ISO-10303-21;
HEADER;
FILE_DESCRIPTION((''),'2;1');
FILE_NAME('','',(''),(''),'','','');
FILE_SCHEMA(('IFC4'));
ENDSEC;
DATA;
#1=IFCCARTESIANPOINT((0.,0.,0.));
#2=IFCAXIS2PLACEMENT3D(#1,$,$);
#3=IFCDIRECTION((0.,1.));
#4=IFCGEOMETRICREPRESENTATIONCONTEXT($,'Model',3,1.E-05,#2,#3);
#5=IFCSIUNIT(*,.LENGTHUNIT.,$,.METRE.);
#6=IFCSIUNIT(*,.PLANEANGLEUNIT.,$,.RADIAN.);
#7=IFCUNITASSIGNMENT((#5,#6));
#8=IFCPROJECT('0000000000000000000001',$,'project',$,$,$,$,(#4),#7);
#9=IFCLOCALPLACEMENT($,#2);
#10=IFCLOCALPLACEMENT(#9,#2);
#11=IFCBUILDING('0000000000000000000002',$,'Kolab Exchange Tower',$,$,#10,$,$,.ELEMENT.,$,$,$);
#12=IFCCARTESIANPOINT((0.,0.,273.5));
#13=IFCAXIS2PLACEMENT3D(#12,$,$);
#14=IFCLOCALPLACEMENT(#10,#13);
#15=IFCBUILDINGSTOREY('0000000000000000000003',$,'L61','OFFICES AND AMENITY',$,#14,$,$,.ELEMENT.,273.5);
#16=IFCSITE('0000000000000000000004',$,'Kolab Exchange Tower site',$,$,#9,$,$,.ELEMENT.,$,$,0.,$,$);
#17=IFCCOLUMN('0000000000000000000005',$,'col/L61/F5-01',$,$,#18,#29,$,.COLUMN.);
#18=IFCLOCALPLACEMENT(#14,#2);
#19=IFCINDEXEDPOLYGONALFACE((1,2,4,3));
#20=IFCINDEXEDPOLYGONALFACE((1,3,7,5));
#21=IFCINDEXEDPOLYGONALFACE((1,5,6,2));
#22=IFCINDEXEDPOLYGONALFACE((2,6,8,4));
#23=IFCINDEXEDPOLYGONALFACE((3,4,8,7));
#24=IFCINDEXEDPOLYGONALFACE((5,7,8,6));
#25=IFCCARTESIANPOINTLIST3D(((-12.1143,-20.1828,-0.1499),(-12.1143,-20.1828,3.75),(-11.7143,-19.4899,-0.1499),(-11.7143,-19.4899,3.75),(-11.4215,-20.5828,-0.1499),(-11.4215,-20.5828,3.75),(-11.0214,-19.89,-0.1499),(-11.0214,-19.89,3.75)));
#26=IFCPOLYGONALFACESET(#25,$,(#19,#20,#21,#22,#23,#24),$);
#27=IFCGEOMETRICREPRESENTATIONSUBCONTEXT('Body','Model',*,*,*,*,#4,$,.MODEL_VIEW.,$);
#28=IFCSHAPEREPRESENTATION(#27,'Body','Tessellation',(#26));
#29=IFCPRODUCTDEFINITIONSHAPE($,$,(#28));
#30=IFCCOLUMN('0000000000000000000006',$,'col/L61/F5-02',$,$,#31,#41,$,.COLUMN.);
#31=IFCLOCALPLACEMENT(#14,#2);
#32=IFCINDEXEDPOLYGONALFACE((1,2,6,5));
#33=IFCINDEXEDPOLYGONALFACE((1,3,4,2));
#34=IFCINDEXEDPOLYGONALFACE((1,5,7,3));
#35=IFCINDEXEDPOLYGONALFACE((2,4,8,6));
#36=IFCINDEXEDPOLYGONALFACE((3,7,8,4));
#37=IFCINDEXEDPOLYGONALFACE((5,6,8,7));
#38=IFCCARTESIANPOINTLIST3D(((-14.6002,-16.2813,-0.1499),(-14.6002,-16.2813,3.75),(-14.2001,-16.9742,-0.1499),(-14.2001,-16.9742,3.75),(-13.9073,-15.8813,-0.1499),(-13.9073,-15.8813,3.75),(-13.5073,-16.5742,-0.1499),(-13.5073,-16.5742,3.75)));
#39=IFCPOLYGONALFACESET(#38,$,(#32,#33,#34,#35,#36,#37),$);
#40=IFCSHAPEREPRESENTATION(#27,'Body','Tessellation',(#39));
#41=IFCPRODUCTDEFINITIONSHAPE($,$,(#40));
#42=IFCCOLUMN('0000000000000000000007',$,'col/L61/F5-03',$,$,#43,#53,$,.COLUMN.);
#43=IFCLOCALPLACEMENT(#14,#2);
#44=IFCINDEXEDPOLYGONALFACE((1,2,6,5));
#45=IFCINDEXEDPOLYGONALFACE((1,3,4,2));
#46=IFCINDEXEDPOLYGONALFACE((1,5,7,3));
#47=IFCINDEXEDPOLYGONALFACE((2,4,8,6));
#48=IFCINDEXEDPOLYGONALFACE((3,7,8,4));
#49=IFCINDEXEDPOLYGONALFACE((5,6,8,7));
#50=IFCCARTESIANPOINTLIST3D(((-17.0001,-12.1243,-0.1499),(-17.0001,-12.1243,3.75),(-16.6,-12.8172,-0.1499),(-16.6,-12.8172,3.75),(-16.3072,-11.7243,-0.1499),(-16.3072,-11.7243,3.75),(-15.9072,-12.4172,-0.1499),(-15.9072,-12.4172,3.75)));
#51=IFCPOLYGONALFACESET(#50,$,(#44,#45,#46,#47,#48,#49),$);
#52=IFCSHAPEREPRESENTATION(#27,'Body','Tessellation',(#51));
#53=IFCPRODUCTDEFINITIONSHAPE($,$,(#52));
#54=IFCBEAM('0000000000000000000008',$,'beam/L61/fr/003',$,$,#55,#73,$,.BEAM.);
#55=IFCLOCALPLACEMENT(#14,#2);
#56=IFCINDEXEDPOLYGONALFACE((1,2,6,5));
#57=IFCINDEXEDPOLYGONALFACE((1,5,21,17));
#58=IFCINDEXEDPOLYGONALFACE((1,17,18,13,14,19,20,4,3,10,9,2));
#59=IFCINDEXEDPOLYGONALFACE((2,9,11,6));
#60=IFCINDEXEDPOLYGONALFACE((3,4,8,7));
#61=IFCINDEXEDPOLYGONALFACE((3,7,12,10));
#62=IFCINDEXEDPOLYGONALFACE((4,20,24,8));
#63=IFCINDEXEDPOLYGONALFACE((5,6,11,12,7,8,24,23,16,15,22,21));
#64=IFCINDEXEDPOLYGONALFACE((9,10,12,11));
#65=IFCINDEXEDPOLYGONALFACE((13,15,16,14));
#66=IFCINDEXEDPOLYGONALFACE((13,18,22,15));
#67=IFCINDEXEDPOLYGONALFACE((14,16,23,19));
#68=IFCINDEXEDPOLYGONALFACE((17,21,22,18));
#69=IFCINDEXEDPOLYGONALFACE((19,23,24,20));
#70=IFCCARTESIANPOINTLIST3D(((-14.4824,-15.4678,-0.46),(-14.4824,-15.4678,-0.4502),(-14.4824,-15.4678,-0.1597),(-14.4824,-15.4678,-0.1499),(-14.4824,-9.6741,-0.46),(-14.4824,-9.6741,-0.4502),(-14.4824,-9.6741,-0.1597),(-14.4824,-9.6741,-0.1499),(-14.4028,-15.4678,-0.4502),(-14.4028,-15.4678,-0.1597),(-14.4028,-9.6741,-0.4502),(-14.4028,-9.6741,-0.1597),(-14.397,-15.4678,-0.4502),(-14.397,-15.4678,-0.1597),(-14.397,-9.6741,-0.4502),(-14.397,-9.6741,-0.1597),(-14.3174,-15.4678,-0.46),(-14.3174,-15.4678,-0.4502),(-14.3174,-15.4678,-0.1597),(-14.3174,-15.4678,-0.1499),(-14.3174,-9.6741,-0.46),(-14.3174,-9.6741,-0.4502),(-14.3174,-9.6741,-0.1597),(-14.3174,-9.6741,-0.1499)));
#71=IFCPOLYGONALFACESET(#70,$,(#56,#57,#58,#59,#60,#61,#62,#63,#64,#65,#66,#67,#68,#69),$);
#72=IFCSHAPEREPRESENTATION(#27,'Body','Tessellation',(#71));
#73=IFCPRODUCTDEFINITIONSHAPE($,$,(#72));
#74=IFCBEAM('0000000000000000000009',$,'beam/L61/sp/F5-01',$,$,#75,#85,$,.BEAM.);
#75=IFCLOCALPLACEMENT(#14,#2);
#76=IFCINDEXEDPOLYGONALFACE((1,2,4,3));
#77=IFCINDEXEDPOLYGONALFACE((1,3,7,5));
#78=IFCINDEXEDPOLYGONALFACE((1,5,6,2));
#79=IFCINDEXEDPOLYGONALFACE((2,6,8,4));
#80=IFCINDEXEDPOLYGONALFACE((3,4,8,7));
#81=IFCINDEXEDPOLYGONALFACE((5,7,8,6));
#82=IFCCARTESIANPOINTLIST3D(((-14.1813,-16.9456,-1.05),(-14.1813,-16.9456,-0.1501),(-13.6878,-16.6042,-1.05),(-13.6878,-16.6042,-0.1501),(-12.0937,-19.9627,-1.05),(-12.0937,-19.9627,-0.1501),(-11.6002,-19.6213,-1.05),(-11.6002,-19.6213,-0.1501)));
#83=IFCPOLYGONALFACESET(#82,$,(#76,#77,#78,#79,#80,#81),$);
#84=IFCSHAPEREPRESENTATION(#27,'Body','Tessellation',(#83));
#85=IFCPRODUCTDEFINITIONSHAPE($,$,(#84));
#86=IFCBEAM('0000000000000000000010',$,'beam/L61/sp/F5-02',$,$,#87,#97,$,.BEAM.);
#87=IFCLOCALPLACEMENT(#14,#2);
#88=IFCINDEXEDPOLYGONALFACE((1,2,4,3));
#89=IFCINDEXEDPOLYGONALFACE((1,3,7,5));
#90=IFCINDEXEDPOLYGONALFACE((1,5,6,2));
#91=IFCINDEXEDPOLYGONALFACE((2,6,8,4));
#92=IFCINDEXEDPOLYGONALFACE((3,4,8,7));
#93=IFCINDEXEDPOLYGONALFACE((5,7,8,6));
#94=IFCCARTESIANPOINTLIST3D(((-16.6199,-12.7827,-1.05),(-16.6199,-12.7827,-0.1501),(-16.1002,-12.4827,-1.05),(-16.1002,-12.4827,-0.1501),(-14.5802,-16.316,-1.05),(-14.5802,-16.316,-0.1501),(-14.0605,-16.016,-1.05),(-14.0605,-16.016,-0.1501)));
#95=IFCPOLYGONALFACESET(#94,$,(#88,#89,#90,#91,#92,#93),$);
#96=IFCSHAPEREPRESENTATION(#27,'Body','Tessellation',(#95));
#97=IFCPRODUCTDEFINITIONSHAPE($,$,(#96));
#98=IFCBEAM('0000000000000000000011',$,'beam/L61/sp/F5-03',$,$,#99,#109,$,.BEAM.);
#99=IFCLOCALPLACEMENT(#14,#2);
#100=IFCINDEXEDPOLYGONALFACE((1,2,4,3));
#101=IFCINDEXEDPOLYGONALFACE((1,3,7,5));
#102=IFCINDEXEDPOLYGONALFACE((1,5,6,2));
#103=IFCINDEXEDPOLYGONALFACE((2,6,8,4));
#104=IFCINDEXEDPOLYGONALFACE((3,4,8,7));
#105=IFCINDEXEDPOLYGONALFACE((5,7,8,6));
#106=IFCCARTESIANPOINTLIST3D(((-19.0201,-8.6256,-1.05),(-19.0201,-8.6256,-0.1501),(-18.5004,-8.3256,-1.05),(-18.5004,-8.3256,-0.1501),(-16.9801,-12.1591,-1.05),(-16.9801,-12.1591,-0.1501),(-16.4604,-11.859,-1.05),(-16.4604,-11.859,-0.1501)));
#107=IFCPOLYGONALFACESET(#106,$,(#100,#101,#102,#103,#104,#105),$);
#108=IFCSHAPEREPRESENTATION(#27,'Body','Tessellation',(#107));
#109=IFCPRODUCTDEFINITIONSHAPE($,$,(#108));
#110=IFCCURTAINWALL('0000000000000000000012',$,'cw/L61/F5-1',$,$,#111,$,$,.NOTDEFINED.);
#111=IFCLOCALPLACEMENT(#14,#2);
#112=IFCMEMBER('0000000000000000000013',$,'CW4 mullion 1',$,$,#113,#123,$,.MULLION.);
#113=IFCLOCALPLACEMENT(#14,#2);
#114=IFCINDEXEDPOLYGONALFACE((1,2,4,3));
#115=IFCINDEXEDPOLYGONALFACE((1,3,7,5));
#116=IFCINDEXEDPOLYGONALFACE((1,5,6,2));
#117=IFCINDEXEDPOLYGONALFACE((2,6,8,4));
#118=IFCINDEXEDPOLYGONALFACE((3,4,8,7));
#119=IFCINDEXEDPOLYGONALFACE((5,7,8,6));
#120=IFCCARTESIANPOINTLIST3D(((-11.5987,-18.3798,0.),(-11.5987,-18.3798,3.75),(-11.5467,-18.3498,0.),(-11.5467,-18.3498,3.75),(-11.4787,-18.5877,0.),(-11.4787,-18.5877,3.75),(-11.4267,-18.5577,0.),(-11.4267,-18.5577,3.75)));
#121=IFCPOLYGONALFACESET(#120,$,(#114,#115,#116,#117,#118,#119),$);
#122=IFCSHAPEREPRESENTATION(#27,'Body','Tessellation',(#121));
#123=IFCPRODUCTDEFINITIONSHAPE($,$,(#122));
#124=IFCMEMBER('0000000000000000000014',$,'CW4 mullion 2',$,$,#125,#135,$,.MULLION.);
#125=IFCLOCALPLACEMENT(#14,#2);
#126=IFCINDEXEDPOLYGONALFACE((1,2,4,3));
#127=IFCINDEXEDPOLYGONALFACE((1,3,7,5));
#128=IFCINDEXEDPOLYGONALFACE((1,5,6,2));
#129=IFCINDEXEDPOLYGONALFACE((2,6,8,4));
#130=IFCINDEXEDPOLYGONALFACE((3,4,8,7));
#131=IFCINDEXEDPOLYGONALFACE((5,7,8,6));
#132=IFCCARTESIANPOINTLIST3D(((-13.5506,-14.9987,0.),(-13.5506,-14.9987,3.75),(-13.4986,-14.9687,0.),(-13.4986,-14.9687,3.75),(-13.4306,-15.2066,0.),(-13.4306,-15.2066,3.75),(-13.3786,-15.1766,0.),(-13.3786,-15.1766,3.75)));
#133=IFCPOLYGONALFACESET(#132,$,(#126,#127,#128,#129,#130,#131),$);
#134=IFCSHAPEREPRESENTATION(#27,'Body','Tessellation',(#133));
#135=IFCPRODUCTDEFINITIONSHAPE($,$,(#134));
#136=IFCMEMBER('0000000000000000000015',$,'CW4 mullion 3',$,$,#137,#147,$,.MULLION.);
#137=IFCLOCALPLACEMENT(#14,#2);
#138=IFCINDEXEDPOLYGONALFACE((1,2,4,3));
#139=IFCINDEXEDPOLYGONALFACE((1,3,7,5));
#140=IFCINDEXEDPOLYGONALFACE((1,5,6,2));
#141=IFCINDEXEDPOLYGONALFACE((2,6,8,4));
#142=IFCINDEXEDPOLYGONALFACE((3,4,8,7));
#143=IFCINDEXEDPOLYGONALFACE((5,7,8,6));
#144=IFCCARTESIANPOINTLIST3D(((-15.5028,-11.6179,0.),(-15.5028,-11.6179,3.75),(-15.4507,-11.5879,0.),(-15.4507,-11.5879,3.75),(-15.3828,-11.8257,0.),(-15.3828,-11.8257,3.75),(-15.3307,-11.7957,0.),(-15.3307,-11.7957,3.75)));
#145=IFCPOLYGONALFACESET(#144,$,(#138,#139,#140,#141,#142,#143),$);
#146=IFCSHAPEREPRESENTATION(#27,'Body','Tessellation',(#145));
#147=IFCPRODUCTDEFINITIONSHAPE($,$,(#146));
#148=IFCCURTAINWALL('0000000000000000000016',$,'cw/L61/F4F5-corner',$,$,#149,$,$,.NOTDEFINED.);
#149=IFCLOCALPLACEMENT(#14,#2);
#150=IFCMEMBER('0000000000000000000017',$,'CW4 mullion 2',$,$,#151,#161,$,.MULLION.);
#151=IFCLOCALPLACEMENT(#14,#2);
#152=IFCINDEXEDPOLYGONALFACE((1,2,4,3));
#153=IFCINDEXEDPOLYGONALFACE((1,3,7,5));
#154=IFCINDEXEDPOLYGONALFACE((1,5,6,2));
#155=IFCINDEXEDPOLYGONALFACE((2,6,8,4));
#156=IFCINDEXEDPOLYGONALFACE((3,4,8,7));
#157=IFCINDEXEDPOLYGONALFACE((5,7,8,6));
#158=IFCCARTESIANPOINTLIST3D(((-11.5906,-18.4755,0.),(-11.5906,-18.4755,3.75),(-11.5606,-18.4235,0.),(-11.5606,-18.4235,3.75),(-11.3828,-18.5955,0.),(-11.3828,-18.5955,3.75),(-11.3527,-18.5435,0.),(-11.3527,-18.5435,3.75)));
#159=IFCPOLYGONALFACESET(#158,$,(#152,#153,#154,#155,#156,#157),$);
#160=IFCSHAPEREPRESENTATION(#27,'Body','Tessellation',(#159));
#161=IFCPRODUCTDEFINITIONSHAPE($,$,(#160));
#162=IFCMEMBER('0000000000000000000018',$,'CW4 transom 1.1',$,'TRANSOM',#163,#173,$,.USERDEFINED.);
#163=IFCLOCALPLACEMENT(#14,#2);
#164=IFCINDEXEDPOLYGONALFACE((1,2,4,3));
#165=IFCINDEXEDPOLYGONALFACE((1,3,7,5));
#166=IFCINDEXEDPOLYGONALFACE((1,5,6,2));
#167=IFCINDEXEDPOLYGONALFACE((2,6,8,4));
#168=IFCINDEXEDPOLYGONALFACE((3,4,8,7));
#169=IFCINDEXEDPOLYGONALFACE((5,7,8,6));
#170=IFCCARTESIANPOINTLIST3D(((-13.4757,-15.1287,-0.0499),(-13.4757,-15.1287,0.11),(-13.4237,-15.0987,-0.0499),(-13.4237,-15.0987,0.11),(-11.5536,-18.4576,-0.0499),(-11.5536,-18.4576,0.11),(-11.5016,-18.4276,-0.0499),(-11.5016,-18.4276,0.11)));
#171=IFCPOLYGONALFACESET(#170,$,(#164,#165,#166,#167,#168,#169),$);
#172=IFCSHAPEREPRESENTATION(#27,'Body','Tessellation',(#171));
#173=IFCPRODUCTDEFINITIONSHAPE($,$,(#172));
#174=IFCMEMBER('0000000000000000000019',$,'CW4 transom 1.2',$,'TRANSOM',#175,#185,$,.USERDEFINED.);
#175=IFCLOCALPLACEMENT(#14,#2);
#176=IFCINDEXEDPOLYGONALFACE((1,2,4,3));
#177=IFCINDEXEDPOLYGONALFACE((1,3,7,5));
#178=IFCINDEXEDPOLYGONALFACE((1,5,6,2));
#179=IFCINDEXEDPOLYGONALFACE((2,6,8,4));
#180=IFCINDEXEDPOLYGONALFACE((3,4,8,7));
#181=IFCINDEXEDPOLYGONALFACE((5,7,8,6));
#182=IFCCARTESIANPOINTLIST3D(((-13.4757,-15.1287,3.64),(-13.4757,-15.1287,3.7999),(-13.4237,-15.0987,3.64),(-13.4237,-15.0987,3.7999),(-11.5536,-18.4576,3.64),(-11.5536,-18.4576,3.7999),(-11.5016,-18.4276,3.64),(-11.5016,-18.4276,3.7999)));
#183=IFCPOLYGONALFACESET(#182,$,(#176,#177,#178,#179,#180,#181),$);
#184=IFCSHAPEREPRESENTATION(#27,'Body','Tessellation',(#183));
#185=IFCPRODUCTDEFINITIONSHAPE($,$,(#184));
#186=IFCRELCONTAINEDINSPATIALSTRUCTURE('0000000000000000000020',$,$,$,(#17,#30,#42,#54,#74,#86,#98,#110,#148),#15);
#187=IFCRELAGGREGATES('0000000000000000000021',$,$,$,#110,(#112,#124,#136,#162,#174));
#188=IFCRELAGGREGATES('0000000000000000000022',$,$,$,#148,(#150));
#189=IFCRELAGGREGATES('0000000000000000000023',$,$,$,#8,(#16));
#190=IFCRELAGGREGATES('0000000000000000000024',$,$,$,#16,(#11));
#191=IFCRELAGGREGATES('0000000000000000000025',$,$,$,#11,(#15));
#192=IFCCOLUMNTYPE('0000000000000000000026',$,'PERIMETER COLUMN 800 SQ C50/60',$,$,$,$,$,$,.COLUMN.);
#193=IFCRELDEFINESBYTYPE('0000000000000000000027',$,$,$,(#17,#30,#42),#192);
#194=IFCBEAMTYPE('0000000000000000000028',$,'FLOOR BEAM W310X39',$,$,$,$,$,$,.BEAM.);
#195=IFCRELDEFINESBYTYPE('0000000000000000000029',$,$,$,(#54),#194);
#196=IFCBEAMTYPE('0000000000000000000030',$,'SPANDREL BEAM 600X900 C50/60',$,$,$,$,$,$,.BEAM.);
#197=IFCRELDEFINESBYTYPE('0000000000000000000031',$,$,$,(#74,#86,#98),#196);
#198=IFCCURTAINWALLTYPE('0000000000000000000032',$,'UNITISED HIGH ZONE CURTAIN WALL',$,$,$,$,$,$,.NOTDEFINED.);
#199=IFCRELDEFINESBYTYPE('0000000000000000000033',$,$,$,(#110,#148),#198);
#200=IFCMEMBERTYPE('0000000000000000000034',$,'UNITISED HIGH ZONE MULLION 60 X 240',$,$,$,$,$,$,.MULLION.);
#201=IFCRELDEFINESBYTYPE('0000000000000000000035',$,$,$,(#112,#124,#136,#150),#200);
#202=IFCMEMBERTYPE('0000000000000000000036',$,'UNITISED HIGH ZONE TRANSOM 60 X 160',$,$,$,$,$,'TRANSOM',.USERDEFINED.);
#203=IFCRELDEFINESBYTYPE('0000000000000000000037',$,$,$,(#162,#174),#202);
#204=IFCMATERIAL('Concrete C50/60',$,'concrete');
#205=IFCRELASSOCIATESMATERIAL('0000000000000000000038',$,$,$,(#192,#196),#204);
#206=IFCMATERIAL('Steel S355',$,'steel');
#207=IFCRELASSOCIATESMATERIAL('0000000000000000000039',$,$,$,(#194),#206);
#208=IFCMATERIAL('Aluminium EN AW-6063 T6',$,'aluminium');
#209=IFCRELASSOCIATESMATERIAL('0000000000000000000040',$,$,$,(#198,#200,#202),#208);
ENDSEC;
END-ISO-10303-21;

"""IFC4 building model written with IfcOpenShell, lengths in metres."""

from ifc_helpers import new_model, si_unit, direction, frame, origin, origin_2d, place, context, subcontext, project, spatial, rectangle, i_section, extrude, material, material_profile, profile_set, type_object, element, aggregate, save


model = new_model("IFC4")

# Units and contexts
model_context = context("Model", 3, precision=1e-05, world=origin(), true_north=direction((0.0, 1.0)))
body_context = subcontext(model_context, "Body", "Model", "MODEL_VIEW")
ifc_project = project(units=[si_unit("LENGTHUNIT", "METRE"), si_unit("PLANEANGLEUNIT", "RADIAN")], contexts=[model_context])

# Site, building, storey
site_placement = place(None, origin())
site = spatial("IfcSite", under=ifc_project, at=site_placement, Name="Kolab Exchange Tower site", CompositionType="ELEMENT", RefElevation=0.0)
building_placement = place(site_placement, origin())
building = spatial("IfcBuilding", under=site, at=building_placement, Name="Kolab Exchange Tower", CompositionType="ELEMENT")
storey_placement = place(building_placement, frame((0.0, 0.0, 273.5)))
storey = spatial("IfcBuildingStorey", under=building, at=storey_placement, Name="L61", Description="OFFICES AND AMENITY", CompositionType="ELEMENT", Elevation=273.5)

# Columns
ifc_material_1 = material(Name="Concrete C50/60", Category="concrete")
ifc_material_profile_1 = material_profile(ifc_material_1, rectangle(XDim=0.8, YDim=0.8, at=origin_2d()), Name="RC800")
ifc_profile_set_1 = profile_set([ifc_material_profile_1], Name="Concrete C50/60")
column_type = type_object("IfcColumnType", Name="PERIMETER COLUMN 800 SQ C50/60", PredefinedType="COLUMN", material=ifc_profile_set_1)
for number, where, z_axis, x_axis, name in (
    (1, (-11.5679, -20.0364, -0.1499), (0.0, 0.0, 1.0), (0.5, 0.866025, 0.0), "col/L61/F5-01"),
    (2, (-14.0537, -16.4277, -0.1499), (0.0, 0.0, 1.0), (0.866025, 0.5, 0.0), "col/L61/F5-02"),
    (3, (-16.4536, -12.2708, -0.1499), (0.0, 0.0, 1.0), (0.866025, 0.5, 0.0), "col/L61/F5-03"),
):
    element("IfcColumn", number, at=place(storey_placement, frame(where, z_axis=z_axis, x_axis=x_axis)), inside=storey, type_object=column_type, Name=name, PredefinedType="COLUMN", context=body_context, shape_type="SweptSolid", body=[
        extrude(rectangle(XDim=0.8, YDim=0.8, at=origin_2d()), origin(), (0.0, 0.0, 1.0), 3.8999),
    ])

# Beams
ifc_material_2 = material(Name="Steel S355", Category="steel")
ifc_material_profile_2 = material_profile(ifc_material_2, i_section(OverallWidth=0.165, OverallDepth=0.3101, WebThickness=0.0059, FlangeThickness=0.0098, at=origin_2d()), Name="W310X39")
ifc_profile_set_2 = profile_set([ifc_material_profile_2], Name="Steel S355")
beam_type_1 = type_object("IfcBeamType", Name="FLOOR BEAM W310X39", PredefinedType="BEAM", material=ifc_profile_set_2)
beam_1_placement = place(storey_placement, frame((-14.3999, -15.4678, -0.3049), z_axis=(0.0, 1.0, 0.0), x_axis=(-1.0, 0.0, 0.0)))
element("IfcBeam", 4, at=beam_1_placement, inside=storey, type_object=beam_type_1, Name="beam/L61/fr/003", PredefinedType="BEAM", context=body_context, shape_type="SweptSolid", body=[
    extrude(i_section(OverallWidth=0.165, OverallDepth=0.3101, WebThickness=0.0059, FlangeThickness=0.0098, at=origin_2d()), origin(), (0.0, 0.0, 1.0), 5.7937),
])
ifc_material_profile_3 = material_profile(ifc_material_1, rectangle(XDim=0.6001, YDim=0.8999, at=origin_2d()), Name="RC600X900")
ifc_profile_set_3 = profile_set([ifc_material_profile_3], Name="Concrete C50/60")
beam_type_2 = type_object("IfcBeamType", Name="SPANDREL BEAM 600X900 C50/60", PredefinedType="BEAM", material=ifc_profile_set_3)
beam_2_placement = place(storey_placement, frame((-11.8469, -19.792, -0.6001), z_axis=(-0.569006, 0.822334, 0.0), x_axis=(-0.822334, -0.569006, 0.0)))
element("IfcBeam", 5, at=beam_2_placement, inside=storey, type_object=beam_type_2, Name="beam/L61/sp/F5-01", PredefinedType="BEAM", context=body_context, shape_type="SweptSolid", body=[
    extrude(rectangle(XDim=0.6001, YDim=0.8999, at=origin_2d()), origin(), (0.0, 0.0, 1.0), 3.6689),
])
beam_3_placement = place(storey_placement, frame((-14.3203, -16.166, -0.6001), z_axis=(-0.499956, 0.866051, 0.0), x_axis=(-0.866051, -0.499956, 0.0)))
element("IfcBeam", 6, at=beam_3_placement, inside=storey, type_object=beam_type_2, Name="beam/L61/sp/F5-02", PredefinedType="BEAM", context=body_context, shape_type="SweptSolid", body=[
    extrude(rectangle(XDim=0.6001, YDim=0.8999, at=origin_2d()), origin(), (0.0, 0.0, 1.0), 4.0798),
])
beam_4_placement = place(storey_placement, frame((-16.7202, -12.009, -0.6001), z_axis=(-0.5, 0.866025, 0.0), x_axis=(-0.866025, -0.5, 0.0)))
element("IfcBeam", 7, at=beam_4_placement, inside=storey, type_object=beam_type_2, Name="beam/L61/sp/F5-03", PredefinedType="BEAM", context=body_context, shape_type="SweptSolid", body=[
    extrude(rectangle(XDim=0.6001, YDim=0.8999, at=origin_2d()), origin(), (0.0, 0.0, 1.0), 4.0801),
])

# Curtain wall, members
ifc_material_3 = material(Name="Aluminium EN AW-6063 T6", Category="aluminium")
curtain_wall_type = type_object("IfcCurtainWallType", Name="UNITISED HIGH ZONE CURTAIN WALL", PredefinedType="NOTDEFINED", material=ifc_material_3)
curtain_wall_1_placement = place(storey_placement, origin())
curtain_wall_1 = element("IfcCurtainWall", 8, at=curtain_wall_1_placement, inside=storey, type_object=curtain_wall_type, Name="cw/L61/F5-1", PredefinedType="NOTDEFINED")
ifc_material_profile_4 = material_profile(ifc_material_3, rectangle(XDim=0.0601, YDim=0.24, at=origin_2d()), Name="RECT 60X240")
ifc_profile_set_4 = profile_set([ifc_material_profile_4], Name="Aluminium EN AW-6063 T6")
member_type_1 = type_object("IfcMemberType", Name="UNITISED HIGH ZONE MULLION 60 X 240", PredefinedType="MULLION", material=ifc_profile_set_4)
member_1_placement = place(storey_placement, frame((-11.5127, -18.4688, 0.0), z_axis=(0.0, 0.0, 1.0), x_axis=(-0.866025, -0.5, 0.0)))
member_1 = element("IfcMember", 9, at=member_1_placement, type_object=member_type_1, Name="CW4 mullion 1", PredefinedType="MULLION", context=body_context, shape_type="SweptSolid", body=[
    extrude(rectangle(XDim=0.0601, YDim=0.24, at=origin_2d()), origin(), (0.0, 0.0, 1.0), 3.75),
])
member_2_placement = place(storey_placement, frame((-13.4646, -15.0876, 0.0), z_axis=(0.0, 0.0, 1.0), x_axis=(-0.866025, -0.5, 0.0)))
member_2 = element("IfcMember", 10, at=member_2_placement, type_object=member_type_1, Name="CW4 mullion 2", PredefinedType="MULLION", context=body_context, shape_type="SweptSolid", body=[
    extrude(rectangle(XDim=0.0601, YDim=0.24, at=origin_2d()), origin(), (0.0, 0.0, 1.0), 3.75),
])
member_3_placement = place(storey_placement, frame((-15.4167, -11.7068, 0.0), z_axis=(0.0, 0.0, 1.0), x_axis=(-0.866025, -0.5, 0.0)))
member_3 = element("IfcMember", 11, at=member_3_placement, type_object=member_type_1, Name="CW4 mullion 3", PredefinedType="MULLION", context=body_context, shape_type="SweptSolid", body=[
    extrude(rectangle(XDim=0.0601, YDim=0.24, at=origin_2d()), origin(), (0.0, 0.0, 1.0), 3.75),
])

# Curtain wall, member
curtain_wall_2_placement = place(storey_placement, origin())
curtain_wall_2 = element("IfcCurtainWall", 12, at=curtain_wall_2_placement, inside=storey, type_object=curtain_wall_type, Name="cw/L61/F4F5-corner", PredefinedType="NOTDEFINED")
member_4_placement = place(storey_placement, frame((-11.4717, -18.5095, 0.0), z_axis=(0.0, 0.0, 1.0), x_axis=(-0.5, -0.866025, 0.0)))
member_4 = element("IfcMember", 13, at=member_4_placement, type_object=member_type_1, Name="CW4 mullion 2", PredefinedType="MULLION", context=body_context, shape_type="SweptSolid", body=[
    extrude(rectangle(XDim=0.0601, YDim=0.24, at=origin_2d()), origin(), (0.0, 0.0, 1.0), 3.75),
])

# Members
ifc_material_profile_5 = material_profile(ifc_material_3, rectangle(XDim=0.0601, YDim=0.1599, at=origin_2d()), Name="RECT 60X160")
ifc_profile_set_5 = profile_set([ifc_material_profile_5], Name="Aluminium EN AW-6063 T6")
member_type_2 = type_object("IfcMemberType", Name="UNITISED HIGH ZONE TRANSOM 60 X 160", ElementType="TRANSOM", PredefinedType="USERDEFINED", material=ifc_profile_set_5)
member_5_placement = place(storey_placement, frame((-11.5276, -18.4426, 0.03), z_axis=(-0.500039, 0.866003, 0.0), x_axis=(-0.866003, -0.500039, 0.0)))
member_5 = element("IfcMember", 14, at=member_5_placement, type_object=member_type_2, Name="CW4 transom 1.1", ObjectType="TRANSOM", PredefinedType="USERDEFINED", context=body_context, shape_type="SweptSolid", body=[
    extrude(rectangle(XDim=0.0601, YDim=0.1599, at=origin_2d()), origin(), (0.0, 0.0, 1.0), 3.844),
])
member_6_placement = place(storey_placement, frame((-11.5276, -18.4426, 3.72), z_axis=(-0.500039, 0.866003, 0.0), x_axis=(-0.866003, -0.500039, 0.0)))
member_6 = element("IfcMember", 15, at=member_6_placement, type_object=member_type_2, Name="CW4 transom 1.2", ObjectType="TRANSOM", PredefinedType="USERDEFINED", context=body_context, shape_type="SweptSolid", body=[
    extrude(rectangle(XDim=0.0601, YDim=0.1599, at=origin_2d()), origin(), (0.0, 0.0, 1.0), 3.844),
])

aggregate(curtain_wall_1, [member_1, member_2, member_3, member_5, member_6])
aggregate(curtain_wall_2, [member_4])

save(model, "model.ifc")
